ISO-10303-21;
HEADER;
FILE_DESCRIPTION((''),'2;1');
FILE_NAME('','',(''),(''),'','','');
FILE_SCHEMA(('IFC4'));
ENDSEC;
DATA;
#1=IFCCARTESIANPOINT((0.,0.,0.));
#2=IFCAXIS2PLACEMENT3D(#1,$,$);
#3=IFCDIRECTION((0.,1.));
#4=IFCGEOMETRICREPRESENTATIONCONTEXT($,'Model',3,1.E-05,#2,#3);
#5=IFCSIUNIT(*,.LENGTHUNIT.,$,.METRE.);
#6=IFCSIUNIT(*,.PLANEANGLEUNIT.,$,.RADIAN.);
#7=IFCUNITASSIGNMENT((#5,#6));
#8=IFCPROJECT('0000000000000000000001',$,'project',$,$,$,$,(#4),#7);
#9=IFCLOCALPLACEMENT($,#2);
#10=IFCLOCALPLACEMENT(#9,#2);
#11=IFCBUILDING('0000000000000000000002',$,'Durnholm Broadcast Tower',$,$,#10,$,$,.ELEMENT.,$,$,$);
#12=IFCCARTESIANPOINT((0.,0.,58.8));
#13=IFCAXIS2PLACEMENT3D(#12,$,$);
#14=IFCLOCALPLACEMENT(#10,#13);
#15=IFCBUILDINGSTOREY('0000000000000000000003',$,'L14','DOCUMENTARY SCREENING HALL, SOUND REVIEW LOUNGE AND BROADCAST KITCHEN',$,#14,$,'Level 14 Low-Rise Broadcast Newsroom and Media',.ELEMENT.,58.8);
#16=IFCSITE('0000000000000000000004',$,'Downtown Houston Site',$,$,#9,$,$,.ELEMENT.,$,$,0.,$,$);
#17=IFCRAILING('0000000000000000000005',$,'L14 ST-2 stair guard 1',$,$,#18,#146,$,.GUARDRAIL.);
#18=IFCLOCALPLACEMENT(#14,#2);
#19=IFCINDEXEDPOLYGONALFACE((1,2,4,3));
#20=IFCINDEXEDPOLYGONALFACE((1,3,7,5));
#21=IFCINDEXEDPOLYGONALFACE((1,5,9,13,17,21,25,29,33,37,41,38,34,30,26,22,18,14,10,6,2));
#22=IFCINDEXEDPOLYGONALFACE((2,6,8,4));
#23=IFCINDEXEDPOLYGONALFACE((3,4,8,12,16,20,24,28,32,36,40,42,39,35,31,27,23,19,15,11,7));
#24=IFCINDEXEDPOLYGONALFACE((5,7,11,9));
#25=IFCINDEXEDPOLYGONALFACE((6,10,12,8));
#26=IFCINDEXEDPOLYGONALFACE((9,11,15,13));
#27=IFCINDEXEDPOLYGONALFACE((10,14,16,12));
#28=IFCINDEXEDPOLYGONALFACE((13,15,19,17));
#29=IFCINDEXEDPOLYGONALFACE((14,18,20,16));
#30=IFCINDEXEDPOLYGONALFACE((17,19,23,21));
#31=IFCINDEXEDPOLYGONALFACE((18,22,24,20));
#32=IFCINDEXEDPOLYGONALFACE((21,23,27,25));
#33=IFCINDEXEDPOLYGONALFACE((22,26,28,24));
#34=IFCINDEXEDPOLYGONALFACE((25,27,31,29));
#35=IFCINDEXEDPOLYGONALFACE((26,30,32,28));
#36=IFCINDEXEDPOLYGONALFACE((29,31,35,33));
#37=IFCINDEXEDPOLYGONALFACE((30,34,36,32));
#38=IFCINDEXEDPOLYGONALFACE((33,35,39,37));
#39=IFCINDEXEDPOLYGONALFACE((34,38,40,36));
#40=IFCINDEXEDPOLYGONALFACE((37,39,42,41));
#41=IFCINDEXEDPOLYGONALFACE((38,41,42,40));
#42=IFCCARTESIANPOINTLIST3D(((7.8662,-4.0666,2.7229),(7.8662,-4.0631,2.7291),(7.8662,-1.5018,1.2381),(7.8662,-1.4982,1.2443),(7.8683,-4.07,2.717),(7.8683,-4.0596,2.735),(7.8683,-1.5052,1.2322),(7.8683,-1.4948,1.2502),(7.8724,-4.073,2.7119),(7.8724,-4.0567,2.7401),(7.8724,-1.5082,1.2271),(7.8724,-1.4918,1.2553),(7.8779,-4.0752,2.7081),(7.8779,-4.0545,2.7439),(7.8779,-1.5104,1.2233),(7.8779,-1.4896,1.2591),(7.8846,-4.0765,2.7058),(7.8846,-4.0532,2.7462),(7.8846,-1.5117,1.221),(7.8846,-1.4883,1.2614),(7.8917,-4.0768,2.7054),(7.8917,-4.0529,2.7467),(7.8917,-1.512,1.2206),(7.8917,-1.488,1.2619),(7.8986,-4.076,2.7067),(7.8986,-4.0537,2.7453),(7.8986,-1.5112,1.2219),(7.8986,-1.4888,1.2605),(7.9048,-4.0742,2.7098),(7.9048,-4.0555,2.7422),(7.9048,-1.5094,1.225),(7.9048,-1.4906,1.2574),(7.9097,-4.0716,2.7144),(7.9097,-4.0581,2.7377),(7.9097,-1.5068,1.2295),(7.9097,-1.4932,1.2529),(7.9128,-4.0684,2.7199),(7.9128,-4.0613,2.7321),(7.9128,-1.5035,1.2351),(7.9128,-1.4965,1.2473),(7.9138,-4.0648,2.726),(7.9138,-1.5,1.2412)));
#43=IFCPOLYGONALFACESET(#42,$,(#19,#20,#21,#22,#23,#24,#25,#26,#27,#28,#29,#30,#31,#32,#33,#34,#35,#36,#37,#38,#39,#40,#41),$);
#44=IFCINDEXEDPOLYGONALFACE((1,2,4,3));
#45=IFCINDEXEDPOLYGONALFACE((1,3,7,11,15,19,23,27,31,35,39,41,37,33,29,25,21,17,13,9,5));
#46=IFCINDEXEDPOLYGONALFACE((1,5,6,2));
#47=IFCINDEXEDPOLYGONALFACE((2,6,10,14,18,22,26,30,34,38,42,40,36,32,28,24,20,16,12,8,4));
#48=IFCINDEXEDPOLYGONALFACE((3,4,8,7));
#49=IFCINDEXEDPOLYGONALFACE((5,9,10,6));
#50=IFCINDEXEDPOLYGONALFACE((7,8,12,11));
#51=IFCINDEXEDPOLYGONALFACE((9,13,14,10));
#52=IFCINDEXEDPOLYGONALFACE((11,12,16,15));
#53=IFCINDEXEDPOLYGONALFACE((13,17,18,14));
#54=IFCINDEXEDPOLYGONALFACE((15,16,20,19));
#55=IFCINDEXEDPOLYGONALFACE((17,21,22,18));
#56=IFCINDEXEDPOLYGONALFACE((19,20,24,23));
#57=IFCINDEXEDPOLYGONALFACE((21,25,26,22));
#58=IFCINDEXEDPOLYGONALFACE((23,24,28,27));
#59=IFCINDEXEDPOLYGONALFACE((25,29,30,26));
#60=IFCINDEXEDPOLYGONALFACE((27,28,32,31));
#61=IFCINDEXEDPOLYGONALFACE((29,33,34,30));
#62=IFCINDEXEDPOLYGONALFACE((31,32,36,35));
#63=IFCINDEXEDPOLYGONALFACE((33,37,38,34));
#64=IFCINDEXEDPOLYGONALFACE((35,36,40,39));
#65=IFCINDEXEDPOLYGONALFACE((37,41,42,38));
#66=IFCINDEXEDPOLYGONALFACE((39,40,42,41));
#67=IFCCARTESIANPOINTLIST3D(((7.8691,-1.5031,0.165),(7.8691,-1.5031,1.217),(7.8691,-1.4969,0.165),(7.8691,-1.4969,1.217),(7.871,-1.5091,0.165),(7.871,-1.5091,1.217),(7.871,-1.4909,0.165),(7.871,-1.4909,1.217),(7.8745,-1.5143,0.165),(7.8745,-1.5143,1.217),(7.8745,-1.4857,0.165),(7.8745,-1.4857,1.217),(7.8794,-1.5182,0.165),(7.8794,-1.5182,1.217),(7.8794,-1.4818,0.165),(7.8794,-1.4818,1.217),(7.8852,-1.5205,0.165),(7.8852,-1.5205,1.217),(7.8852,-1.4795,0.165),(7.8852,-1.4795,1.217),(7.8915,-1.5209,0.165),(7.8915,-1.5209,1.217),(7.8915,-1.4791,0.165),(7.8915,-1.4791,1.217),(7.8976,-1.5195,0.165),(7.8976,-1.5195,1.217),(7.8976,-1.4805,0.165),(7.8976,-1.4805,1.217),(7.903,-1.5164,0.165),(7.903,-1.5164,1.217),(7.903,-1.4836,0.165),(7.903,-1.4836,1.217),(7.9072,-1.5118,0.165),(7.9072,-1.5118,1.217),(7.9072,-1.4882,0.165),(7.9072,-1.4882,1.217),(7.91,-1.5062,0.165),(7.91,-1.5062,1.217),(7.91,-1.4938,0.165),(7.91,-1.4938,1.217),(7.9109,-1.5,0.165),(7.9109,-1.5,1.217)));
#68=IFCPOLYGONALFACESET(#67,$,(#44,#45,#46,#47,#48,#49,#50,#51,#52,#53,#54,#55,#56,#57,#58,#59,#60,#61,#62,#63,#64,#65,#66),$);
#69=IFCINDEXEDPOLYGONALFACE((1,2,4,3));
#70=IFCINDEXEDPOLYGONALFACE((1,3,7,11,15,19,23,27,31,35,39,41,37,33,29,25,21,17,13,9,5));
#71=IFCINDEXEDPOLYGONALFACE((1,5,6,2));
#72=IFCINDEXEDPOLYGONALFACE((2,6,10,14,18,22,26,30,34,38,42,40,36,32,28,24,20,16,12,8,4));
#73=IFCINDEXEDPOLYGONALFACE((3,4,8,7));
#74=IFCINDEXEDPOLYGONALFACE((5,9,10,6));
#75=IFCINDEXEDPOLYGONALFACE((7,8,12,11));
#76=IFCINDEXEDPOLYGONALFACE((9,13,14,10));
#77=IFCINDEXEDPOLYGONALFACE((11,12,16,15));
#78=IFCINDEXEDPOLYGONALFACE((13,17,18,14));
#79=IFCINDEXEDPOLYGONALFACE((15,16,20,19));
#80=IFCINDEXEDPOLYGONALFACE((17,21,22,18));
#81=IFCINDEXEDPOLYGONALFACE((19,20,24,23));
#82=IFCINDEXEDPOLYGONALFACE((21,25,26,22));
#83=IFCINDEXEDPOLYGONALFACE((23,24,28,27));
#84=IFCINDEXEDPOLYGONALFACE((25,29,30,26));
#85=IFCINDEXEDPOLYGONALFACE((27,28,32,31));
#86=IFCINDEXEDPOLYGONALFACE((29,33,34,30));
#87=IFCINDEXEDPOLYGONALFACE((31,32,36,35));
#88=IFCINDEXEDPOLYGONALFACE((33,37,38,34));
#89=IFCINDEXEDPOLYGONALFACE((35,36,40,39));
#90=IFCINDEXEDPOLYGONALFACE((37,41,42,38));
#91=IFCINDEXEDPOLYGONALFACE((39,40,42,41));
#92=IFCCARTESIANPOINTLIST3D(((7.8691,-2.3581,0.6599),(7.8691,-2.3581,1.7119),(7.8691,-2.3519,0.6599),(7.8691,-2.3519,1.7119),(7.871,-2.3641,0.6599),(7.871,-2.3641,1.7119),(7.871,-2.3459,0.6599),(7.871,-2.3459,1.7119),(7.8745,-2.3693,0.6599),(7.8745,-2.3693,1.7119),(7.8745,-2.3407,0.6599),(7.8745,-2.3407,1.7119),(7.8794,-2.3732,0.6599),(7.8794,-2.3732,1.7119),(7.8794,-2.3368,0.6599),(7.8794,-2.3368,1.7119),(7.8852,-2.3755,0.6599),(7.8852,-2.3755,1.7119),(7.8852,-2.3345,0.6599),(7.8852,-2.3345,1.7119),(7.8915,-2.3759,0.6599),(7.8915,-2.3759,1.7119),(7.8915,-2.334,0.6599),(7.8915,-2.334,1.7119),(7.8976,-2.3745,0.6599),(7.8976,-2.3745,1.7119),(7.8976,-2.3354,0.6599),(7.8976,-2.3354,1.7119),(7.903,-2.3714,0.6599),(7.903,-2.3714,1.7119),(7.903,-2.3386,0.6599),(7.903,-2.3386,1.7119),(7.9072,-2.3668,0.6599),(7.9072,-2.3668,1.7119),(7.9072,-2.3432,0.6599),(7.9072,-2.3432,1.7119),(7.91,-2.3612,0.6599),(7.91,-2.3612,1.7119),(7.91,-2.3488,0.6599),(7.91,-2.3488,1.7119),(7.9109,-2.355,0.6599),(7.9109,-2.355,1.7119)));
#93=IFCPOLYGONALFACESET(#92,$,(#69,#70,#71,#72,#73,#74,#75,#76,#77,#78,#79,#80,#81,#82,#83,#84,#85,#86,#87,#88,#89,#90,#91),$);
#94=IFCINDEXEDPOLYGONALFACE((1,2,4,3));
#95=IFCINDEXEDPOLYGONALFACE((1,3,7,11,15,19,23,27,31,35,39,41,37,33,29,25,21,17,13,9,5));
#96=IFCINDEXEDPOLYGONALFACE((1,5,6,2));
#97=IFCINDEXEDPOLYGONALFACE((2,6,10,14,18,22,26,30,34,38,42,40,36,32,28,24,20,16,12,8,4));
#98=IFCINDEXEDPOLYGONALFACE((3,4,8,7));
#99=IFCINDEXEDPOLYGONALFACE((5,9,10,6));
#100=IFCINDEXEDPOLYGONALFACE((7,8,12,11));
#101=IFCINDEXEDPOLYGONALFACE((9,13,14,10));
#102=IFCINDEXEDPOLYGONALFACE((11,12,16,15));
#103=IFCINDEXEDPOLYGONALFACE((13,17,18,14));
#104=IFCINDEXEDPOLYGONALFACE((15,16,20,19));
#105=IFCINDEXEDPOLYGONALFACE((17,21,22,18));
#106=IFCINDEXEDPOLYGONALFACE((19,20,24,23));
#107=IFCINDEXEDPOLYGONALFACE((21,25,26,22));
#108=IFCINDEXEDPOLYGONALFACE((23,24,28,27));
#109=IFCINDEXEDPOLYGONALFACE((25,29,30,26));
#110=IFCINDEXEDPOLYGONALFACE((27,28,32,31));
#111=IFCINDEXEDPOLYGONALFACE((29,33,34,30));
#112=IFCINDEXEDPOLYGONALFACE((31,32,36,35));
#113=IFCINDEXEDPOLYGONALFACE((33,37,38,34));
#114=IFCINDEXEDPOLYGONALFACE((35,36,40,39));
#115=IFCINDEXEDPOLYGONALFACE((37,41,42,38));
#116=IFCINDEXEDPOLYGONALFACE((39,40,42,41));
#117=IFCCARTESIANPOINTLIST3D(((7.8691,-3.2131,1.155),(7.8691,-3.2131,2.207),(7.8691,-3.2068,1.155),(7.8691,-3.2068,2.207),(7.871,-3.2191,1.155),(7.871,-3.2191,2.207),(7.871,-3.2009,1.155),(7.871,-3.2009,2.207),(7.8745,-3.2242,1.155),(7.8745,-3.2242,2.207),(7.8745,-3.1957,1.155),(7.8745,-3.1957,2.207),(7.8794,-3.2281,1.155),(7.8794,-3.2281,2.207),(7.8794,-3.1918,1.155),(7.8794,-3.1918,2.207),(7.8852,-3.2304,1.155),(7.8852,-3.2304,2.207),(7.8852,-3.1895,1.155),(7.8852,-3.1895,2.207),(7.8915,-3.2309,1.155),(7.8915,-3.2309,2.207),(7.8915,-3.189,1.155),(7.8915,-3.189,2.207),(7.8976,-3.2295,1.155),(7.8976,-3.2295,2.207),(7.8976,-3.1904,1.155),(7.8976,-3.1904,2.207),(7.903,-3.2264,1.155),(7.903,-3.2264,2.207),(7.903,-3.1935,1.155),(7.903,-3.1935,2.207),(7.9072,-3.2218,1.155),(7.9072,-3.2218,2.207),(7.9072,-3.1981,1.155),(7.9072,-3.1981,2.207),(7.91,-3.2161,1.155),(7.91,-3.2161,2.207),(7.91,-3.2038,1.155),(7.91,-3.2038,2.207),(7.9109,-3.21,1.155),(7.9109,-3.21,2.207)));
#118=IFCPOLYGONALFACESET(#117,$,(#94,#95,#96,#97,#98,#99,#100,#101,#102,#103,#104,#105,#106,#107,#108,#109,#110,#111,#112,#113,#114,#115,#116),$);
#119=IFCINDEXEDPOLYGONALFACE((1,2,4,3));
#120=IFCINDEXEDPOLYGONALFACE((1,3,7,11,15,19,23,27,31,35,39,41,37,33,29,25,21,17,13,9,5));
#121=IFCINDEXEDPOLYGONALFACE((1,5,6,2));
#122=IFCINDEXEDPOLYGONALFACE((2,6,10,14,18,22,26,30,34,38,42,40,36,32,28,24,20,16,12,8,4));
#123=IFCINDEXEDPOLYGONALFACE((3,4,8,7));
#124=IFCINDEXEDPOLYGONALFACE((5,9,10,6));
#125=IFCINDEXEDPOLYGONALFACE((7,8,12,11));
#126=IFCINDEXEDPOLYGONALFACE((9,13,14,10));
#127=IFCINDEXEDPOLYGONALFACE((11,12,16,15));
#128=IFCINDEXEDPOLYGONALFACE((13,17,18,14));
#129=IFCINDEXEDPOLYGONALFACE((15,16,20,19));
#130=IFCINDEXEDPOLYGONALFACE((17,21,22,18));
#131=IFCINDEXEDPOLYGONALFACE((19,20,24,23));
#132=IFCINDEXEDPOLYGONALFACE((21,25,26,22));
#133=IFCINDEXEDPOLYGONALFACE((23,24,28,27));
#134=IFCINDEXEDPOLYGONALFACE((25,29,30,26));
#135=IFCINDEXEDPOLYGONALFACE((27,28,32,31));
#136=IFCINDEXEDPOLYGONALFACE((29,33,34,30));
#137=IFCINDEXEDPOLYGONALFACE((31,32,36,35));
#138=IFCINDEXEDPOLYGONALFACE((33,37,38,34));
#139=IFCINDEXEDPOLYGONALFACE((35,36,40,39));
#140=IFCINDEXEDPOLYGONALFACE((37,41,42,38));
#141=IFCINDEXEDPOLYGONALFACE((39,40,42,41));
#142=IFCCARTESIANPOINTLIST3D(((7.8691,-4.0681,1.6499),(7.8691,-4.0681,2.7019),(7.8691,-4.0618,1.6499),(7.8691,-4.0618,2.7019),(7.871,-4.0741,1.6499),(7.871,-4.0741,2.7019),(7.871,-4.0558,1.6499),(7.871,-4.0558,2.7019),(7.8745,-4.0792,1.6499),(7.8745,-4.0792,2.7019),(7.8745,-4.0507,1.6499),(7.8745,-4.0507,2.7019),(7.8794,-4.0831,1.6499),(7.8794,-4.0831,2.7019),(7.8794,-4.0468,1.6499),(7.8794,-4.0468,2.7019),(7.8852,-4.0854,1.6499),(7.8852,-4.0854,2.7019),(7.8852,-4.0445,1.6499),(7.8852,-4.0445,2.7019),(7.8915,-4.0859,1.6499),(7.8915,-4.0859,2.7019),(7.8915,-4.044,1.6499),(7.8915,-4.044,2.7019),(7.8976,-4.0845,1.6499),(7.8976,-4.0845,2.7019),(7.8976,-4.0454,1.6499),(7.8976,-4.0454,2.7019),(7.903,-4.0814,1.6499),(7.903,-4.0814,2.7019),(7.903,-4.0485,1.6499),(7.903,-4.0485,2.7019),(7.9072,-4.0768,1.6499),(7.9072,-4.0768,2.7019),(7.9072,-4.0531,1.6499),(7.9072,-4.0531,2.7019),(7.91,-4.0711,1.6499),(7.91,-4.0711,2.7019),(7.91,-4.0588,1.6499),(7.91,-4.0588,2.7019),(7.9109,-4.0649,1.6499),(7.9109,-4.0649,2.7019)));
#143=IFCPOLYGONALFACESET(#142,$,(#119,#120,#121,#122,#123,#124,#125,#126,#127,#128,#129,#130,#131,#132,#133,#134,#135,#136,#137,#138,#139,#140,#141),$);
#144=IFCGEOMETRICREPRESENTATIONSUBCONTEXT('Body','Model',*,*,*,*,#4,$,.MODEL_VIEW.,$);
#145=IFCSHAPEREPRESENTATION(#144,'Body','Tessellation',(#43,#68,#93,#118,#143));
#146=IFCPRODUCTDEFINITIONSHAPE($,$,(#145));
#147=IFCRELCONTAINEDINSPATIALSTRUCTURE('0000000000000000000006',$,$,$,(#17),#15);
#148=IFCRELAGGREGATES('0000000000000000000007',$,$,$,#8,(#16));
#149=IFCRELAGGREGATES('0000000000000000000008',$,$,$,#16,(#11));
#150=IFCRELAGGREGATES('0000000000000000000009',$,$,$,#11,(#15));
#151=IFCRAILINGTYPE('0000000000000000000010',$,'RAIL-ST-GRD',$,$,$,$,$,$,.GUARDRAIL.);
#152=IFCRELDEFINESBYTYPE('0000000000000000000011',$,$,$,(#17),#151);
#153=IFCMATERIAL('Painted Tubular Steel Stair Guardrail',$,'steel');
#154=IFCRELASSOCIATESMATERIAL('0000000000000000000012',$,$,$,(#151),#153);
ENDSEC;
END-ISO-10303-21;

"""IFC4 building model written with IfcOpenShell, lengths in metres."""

from ifc_helpers import new_model, si_unit, direction, frame, origin, origin_2d, place, context, subcontext, project, spatial, circle, extrude, material, type_object, element, save


model = new_model("IFC4")

# Units and contexts
model_context = context("Model", 3, precision=1e-05, world=origin(), true_north=direction((0.0, 1.0)))
body_context = subcontext(model_context, "Body", "Model", "MODEL_VIEW")
ifc_project = project(units=[si_unit("LENGTHUNIT", "METRE"), si_unit("PLANEANGLEUNIT", "RADIAN")], contexts=[model_context])

# Site, building, storey
site_placement = place(None, origin())
site = spatial("IfcSite", under=ifc_project, at=site_placement, Name="Downtown Houston Site", CompositionType="ELEMENT", RefElevation=0.0)
building_placement = place(site_placement, origin())
building = spatial("IfcBuilding", under=site, at=building_placement, Name="Durnholm Broadcast Tower", CompositionType="ELEMENT")
storey_placement = place(building_placement, frame((0.0, 0.0, 58.8)))
storey = spatial("IfcBuildingStorey", under=building, at=storey_placement, Name="L14", Description="DOCUMENTARY SCREENING HALL, SOUND REVIEW LOUNGE AND BROADCAST KITCHEN", LongName="Level 14 Low-Rise Broadcast Newsroom and Media", CompositionType="ELEMENT", Elevation=58.8)

# Railing
ifc_material_1 = material(Name="Painted Tubular Steel Stair Guardrail", Category="steel")
railing_type_1 = type_object("IfcRailingType", Name="RAIL-ST-GRD", PredefinedType="GUARDRAIL", material=ifc_material_1)
railing_1_placement = place(storey_placement, frame((7.8899, -1.5, 0.165)))
element("IfcRailing", 1, at=railing_1_placement, inside=storey, type_object=railing_type_1, Name="L14 ST-2 stair guard 1", PredefinedType="GUARDRAIL", context=body_context, shape_type="SweptSolid", body=[
    extrude(circle(Radius=0.0239, at=origin_2d()), frame((0.0, 0.0, 1.0762), z_axis=(0.0, -0.865441, 0.50101), x_axis=(1.0, 0.0, 0.0)), (0.0, 0.0, 1.0), 2.9636),
    extrude(circle(Radius=0.021, at=origin_2d()), origin(), (0.0, 0.0, 1.0), 1.052),
    extrude(circle(Radius=0.021, at=origin_2d()), frame((0.0, -0.855, 0.4949)), (0.0, 0.0, 1.0), 1.052),
    extrude(circle(Radius=0.021, at=origin_2d()), frame((0.0, -1.71, 0.99)), (0.0, 0.0, 1.0), 1.052),
    extrude(circle(Radius=0.021, at=origin_2d()), frame((0.0, -2.5649, 1.4849)), (0.0, 0.0, 1.0), 1.052),
])

save(model, "model.ifc")
